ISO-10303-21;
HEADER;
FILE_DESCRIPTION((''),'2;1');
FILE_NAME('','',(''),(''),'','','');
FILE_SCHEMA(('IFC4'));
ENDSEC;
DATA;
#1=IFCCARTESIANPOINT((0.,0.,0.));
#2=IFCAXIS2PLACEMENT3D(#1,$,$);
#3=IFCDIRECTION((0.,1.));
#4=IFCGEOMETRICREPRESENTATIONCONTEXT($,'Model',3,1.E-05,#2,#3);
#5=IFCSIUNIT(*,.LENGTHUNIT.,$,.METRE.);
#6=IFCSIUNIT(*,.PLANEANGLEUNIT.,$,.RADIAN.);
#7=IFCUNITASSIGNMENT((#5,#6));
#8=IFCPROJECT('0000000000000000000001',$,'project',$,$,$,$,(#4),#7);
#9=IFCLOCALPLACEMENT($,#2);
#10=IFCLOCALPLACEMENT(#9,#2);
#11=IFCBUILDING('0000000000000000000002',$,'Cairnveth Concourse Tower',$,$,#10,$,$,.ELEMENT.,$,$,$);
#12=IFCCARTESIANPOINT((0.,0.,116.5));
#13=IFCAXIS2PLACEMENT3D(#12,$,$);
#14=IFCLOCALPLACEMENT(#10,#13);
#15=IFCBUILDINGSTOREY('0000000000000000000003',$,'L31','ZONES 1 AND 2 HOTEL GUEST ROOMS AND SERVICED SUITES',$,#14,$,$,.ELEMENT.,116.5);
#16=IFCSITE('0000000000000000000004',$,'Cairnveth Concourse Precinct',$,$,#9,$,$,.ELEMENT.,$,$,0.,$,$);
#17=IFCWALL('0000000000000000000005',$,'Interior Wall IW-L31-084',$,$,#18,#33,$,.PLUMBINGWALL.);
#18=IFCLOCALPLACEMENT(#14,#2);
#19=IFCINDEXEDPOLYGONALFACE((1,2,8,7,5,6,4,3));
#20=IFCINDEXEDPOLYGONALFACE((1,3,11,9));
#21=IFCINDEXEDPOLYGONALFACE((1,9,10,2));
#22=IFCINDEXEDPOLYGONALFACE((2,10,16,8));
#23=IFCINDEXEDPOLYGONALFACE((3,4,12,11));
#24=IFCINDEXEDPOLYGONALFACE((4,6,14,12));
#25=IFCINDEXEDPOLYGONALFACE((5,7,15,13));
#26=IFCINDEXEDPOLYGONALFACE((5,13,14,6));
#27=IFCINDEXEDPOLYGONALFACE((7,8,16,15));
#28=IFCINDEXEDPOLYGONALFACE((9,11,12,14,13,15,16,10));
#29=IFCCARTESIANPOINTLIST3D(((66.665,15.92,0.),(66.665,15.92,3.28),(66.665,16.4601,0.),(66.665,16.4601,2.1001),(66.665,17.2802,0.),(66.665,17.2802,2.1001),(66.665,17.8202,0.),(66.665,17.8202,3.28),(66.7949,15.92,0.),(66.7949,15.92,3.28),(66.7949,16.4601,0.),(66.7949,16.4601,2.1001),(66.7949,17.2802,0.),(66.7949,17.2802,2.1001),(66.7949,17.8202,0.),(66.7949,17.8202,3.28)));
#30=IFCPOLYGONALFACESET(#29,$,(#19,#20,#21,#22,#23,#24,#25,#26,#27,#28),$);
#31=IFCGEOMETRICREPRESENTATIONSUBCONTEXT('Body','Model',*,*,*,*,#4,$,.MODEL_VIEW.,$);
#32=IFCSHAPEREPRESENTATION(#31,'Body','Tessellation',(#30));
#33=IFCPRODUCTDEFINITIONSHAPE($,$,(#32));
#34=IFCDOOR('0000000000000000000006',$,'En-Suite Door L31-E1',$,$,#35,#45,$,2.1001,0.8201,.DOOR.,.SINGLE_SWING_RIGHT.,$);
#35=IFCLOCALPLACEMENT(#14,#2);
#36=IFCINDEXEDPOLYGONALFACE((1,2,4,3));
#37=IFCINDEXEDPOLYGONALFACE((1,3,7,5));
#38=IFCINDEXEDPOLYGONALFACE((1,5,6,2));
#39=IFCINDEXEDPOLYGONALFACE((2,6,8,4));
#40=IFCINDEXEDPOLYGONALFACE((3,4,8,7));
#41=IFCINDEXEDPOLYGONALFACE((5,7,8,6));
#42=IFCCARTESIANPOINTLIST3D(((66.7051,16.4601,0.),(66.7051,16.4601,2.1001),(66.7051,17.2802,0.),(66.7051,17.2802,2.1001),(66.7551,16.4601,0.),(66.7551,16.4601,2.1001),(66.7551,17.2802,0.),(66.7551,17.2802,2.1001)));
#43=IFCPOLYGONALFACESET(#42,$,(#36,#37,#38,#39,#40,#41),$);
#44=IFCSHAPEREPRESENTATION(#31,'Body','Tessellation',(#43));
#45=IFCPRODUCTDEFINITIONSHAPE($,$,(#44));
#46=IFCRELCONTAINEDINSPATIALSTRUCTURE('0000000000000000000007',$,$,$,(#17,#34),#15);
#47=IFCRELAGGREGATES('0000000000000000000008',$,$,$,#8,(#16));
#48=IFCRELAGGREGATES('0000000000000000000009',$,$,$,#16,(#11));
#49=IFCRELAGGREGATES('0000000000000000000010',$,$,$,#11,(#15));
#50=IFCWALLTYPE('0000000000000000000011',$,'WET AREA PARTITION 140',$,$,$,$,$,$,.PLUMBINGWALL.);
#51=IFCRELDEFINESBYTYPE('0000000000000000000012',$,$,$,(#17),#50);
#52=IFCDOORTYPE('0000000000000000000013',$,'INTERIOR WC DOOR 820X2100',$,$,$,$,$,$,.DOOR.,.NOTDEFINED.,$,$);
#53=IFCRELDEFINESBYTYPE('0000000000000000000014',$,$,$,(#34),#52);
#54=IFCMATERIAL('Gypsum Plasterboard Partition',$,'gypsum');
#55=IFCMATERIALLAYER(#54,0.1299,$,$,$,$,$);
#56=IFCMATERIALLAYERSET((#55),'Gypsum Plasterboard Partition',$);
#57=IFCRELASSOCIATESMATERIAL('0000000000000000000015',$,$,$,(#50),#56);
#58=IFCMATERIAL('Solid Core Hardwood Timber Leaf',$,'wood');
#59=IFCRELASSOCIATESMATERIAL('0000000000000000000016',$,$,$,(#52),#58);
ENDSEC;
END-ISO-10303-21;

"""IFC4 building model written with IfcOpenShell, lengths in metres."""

from ifc_helpers import new_model, si_unit, direction, frame, frame_2d, origin, place, context, subcontext, project, spatial, rectangle, extrude, material, layer, layer_set, type_object, element, fill, save


model = new_model("IFC4")

# Units and contexts
model_context = context("Model", 3, precision=1e-05, world=origin(), true_north=direction((0.0, 1.0)))
body_context = subcontext(model_context, "Body", "Model", "MODEL_VIEW")
ifc_project = project(units=[si_unit("LENGTHUNIT", "METRE"), si_unit("PLANEANGLEUNIT", "RADIAN")], contexts=[model_context])

# Site, building, storey
site_placement = place(None, origin())
site = spatial("IfcSite", under=ifc_project, at=site_placement, Name="Cairnveth Concourse Precinct", CompositionType="ELEMENT", RefElevation=0.0)
building_placement = place(site_placement, origin())
building = spatial("IfcBuilding", under=site, at=building_placement, Name="Cairnveth Concourse Tower", CompositionType="ELEMENT")
storey_placement = place(building_placement, frame((0.0, 0.0, 116.5)))
storey = spatial("IfcBuildingStorey", under=building, at=storey_placement, Name="L31", Description="ZONES 1 AND 2 HOTEL GUEST ROOMS AND SERVICED SUITES", CompositionType="ELEMENT", Elevation=116.5)

# Shared definitions
ifc_material_1 = material(Name="Gypsum Plasterboard Partition", Category="gypsum")
ifc_material_2 = material(Name="Solid Core Hardwood Timber Leaf", Category="wood")

# Shared definitions
ifc_layer_1 = layer(ifc_material_1, 0.1299)
ifc_layer_set_1 = layer_set([ifc_layer_1], Name="Gypsum Plasterboard Partition")
wall_type_1 = type_object("IfcWallType", Name="WET AREA PARTITION 140", PredefinedType="PLUMBINGWALL", material=ifc_layer_set_1)

# Wall, opening, door
wall_1_placement = place(storey_placement, frame((66.73, 15.9199, 0.0), z_axis=(0.0, 0.0, 1.0), x_axis=(0.0, 1.0, 0.0)))
wall_1 = element("IfcWall", 1, at=wall_1_placement, inside=storey, type_object=wall_type_1, Name="Interior Wall IW-L31-084", PredefinedType="PLUMBINGWALL", context=body_context, shape_type="SweptSolid", body=[
    extrude(rectangle(XDim=1.9001, YDim=0.1299, at=frame_2d((0.9502, 0.0))), origin(), (0.0, 0.0, 1.0), 3.28),
])
opening_1_placement = place(wall_1_placement, frame((0.54, 0.0, 0.0)))
opening_1 = element("IfcOpeningElement", 2, at=opening_1_placement, cuts=wall_1, PredefinedType="OPENING", context=body_context, shape_type="SweptSolid", body=[
    extrude(rectangle(XDim=0.8201, YDim=2.1001, at=frame_2d((0.4102, 1.05))), frame((0.0, 0.075, 0.0), z_axis=(0.0, -1.0, 0.0), x_axis=(1.0, 0.0, 0.0)), (0.0, 0.0, 1.0), 0.1499),
])
door_type_1 = type_object("IfcDoorType", Name="INTERIOR WC DOOR 820X2100", OperationType="NOTDEFINED", PredefinedType="DOOR", material=ifc_material_2)
door_1_placement = place(opening_1_placement, origin())
door_1 = element("IfcDoor", 3, at=door_1_placement, inside=storey, type_object=door_type_1, Name="En-Suite Door L31-E1", OperationType="SINGLE_SWING_RIGHT", OverallHeight=2.1001, OverallWidth=0.8201, PredefinedType="DOOR", context=body_context, shape_type="SweptSolid", body=[
    extrude(rectangle(XDim=0.8201, YDim=2.1001, at=frame_2d((0.4102, 1.05))), frame((0.0, 0.0249, 0.0), z_axis=(0.0, -1.0, 0.0), x_axis=(1.0, 0.0, 0.0)), (0.0, 0.0, 1.0), 0.05),
])
fill(opening_1, door_1)

save(model, "model.ifc")
